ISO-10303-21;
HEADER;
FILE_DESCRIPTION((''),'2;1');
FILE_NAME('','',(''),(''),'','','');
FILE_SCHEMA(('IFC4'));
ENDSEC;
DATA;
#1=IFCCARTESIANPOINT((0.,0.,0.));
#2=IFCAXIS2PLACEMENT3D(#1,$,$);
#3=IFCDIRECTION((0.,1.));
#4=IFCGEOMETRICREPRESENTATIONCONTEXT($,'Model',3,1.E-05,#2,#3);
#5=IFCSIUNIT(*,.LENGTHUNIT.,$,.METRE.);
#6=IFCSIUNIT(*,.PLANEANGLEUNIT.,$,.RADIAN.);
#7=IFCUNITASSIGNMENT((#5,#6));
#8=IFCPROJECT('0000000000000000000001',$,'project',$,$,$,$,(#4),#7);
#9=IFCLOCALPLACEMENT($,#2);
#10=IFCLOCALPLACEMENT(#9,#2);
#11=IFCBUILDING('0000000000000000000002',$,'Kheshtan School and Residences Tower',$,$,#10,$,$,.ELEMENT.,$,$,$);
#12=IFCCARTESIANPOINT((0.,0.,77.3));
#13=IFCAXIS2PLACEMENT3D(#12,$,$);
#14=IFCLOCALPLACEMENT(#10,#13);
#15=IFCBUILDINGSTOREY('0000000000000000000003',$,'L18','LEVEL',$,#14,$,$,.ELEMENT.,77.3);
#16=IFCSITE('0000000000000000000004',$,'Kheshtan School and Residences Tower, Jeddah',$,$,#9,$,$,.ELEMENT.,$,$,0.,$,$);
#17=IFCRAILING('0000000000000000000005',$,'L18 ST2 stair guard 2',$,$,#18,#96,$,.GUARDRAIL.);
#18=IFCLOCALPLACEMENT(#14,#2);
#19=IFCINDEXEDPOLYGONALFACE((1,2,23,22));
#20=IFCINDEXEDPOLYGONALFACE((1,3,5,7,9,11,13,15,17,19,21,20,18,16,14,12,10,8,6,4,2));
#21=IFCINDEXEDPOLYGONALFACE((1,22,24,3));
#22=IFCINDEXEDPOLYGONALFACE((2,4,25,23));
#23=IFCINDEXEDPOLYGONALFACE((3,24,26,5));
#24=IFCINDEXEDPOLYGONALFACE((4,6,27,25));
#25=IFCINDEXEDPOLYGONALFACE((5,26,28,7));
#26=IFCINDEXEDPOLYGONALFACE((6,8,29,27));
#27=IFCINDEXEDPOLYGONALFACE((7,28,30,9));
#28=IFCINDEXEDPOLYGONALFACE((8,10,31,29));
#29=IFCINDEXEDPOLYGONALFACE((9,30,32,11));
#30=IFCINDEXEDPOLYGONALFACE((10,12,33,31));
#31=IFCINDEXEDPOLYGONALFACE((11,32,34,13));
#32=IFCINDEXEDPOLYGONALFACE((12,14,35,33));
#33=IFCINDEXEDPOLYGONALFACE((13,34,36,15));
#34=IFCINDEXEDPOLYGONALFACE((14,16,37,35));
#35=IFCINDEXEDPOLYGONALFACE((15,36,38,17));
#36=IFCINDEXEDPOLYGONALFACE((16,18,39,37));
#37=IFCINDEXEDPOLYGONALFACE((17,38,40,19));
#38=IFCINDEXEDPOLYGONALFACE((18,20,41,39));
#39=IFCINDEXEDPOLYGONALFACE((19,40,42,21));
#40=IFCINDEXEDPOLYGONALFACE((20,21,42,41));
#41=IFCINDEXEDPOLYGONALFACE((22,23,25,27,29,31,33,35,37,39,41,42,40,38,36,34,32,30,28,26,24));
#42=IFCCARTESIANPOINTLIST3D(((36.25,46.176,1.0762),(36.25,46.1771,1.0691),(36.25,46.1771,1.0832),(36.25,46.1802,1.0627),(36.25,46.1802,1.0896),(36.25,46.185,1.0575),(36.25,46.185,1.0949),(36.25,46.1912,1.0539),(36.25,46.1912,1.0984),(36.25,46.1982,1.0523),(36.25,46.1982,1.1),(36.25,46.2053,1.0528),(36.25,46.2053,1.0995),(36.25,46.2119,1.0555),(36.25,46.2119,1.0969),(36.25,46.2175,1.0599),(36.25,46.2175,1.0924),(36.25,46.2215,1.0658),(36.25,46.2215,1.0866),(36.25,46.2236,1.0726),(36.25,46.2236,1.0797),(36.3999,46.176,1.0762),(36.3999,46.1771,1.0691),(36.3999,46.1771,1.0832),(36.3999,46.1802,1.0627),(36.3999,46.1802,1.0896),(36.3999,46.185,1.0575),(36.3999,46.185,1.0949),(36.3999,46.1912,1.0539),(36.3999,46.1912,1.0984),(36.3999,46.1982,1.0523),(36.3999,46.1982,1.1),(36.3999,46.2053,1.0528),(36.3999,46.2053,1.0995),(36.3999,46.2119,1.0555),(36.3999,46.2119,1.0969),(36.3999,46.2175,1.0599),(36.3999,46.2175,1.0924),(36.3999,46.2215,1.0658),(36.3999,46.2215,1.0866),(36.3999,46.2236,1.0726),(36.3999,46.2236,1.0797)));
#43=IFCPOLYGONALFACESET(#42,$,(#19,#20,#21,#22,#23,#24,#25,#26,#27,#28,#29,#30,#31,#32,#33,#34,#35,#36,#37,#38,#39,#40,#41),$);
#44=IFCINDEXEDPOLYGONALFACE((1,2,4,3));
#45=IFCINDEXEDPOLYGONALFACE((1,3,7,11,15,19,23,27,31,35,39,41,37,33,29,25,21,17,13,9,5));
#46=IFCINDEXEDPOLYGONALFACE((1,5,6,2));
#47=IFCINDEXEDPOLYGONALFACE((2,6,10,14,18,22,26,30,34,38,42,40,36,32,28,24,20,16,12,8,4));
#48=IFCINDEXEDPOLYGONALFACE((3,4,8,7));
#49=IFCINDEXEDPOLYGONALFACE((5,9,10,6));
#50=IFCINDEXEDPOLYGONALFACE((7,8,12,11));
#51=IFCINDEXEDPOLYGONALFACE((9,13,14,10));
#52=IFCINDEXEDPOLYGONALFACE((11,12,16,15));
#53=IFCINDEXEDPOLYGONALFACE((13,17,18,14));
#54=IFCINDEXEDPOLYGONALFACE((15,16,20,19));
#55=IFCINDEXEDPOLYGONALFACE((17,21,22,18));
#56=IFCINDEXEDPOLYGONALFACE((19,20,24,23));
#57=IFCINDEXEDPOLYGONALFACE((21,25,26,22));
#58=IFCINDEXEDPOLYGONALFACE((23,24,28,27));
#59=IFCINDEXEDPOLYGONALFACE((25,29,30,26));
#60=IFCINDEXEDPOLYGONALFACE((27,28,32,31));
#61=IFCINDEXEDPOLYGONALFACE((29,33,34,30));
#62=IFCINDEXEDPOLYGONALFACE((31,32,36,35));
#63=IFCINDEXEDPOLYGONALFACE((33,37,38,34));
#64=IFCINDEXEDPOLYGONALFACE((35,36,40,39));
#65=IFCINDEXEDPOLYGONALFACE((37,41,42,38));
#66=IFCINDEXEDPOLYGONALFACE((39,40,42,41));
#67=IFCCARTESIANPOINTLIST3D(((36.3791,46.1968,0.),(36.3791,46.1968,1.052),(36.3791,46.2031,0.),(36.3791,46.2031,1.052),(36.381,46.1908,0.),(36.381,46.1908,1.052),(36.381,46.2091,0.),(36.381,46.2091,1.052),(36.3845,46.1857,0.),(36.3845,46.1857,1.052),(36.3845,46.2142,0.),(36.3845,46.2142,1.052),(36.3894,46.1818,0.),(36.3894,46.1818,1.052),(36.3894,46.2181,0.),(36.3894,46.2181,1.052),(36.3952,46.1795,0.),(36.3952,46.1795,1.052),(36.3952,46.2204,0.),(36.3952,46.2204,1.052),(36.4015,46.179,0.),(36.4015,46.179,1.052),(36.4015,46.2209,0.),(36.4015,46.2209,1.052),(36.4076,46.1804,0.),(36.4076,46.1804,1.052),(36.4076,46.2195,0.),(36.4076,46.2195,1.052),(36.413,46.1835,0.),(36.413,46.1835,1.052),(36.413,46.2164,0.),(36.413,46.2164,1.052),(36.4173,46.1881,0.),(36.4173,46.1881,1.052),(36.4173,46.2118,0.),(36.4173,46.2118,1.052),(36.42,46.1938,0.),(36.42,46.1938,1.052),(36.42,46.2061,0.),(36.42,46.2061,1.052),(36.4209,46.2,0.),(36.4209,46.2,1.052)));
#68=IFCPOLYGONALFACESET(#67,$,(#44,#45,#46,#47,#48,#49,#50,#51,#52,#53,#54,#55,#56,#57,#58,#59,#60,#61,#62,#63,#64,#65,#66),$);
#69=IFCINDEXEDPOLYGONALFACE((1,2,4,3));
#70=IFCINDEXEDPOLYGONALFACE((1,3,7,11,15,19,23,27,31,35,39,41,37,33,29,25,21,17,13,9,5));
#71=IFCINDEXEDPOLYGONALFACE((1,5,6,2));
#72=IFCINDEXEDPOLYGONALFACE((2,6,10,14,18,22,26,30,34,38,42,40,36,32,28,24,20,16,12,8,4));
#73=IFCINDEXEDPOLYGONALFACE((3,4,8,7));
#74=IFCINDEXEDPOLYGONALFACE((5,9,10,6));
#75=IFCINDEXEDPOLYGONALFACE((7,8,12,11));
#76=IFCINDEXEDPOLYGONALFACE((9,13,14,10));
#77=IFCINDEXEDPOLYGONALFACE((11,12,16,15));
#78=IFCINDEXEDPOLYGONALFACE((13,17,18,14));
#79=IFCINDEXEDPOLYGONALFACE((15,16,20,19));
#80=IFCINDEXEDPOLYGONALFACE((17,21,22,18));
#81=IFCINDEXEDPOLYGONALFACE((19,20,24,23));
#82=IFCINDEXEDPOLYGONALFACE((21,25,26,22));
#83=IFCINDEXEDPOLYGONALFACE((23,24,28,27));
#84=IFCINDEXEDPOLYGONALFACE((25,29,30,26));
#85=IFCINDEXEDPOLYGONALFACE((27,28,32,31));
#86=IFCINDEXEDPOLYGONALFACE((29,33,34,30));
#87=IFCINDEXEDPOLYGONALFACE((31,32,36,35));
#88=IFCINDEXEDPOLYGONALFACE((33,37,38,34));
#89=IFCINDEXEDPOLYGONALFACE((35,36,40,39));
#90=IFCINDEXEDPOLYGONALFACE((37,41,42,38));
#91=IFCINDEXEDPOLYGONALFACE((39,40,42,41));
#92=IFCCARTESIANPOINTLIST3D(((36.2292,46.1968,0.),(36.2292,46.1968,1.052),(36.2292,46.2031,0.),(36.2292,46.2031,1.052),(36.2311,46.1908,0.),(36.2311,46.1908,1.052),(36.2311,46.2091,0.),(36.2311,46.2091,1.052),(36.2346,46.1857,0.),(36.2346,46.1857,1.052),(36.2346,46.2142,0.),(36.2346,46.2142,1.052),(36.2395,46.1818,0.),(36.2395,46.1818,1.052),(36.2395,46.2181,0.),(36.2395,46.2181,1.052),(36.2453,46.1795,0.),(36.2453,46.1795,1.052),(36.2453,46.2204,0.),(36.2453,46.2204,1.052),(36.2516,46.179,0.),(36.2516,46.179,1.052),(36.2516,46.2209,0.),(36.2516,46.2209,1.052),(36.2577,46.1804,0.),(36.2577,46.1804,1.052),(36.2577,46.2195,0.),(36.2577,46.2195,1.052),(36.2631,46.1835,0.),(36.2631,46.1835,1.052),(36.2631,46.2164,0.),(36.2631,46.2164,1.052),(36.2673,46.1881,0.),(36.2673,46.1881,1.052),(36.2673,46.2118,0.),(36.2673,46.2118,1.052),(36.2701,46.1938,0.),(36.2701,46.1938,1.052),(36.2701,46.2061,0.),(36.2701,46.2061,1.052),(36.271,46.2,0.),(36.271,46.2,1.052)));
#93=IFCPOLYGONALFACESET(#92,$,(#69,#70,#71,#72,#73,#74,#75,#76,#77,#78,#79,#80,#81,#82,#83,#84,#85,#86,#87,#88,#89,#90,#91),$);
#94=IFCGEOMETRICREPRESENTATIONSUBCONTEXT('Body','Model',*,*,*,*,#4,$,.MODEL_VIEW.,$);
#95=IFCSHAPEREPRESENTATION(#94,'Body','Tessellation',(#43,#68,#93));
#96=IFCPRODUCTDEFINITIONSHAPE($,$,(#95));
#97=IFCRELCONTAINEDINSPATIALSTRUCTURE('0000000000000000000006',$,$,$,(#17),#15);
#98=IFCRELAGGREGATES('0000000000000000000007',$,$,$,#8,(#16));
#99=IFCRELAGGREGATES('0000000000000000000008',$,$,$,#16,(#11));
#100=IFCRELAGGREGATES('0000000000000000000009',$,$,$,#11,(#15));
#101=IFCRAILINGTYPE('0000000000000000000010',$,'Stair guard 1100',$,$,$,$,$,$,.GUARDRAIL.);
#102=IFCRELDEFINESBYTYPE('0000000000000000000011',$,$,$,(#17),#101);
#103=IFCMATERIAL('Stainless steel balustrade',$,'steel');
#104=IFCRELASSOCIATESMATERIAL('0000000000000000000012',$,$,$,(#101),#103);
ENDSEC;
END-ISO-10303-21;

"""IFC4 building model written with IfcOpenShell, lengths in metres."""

from ifc_helpers import new_model, si_unit, direction, frame, origin, origin_2d, place, context, subcontext, project, spatial, circle, extrude, material, type_object, element, save


model = new_model("IFC4")

# Units and contexts
model_context = context("Model", 3, precision=1e-05, world=origin(), true_north=direction((0.0, 1.0)))
body_context = subcontext(model_context, "Body", "Model", "MODEL_VIEW")
ifc_project = project(units=[si_unit("LENGTHUNIT", "METRE"), si_unit("PLANEANGLEUNIT", "RADIAN")], contexts=[model_context])

# Site, building, storey
site_placement = place(None, origin())
site = spatial("IfcSite", under=ifc_project, at=site_placement, Name="Kheshtan School and Residences Tower, Jeddah", CompositionType="ELEMENT", RefElevation=0.0)
building_placement = place(site_placement, origin())
building = spatial("IfcBuilding", under=site, at=building_placement, Name="Kheshtan School and Residences Tower", CompositionType="ELEMENT")
storey_placement = place(building_placement, frame((0.0, 0.0, 77.3)))
storey = spatial("IfcBuildingStorey", under=building, at=storey_placement, Name="L18", Description="LEVEL", CompositionType="ELEMENT", Elevation=77.3)

# Railing
ifc_material_1 = material(Name="Stainless steel balustrade", Category="steel")
railing_type = type_object("IfcRailingType", Name="Stair guard 1100", PredefinedType="GUARDRAIL", material=ifc_material_1)
railing_1_placement = place(storey_placement, frame((36.3999, 46.2, 0.0)))
element("IfcRailing", 1, at=railing_1_placement, inside=storey, type_object=railing_type, Name="L18 ST2 stair guard 2", PredefinedType="GUARDRAIL", context=body_context, shape_type="SweptSolid", body=[
    extrude(circle(Radius=0.0239, at=origin_2d()), frame((0.0, 0.0, 1.0762), z_axis=(-1.0, 0.0, 0.0), x_axis=(0.0, -1.0, 0.0)), (0.0, 0.0, 1.0), 0.1499),
    extrude(circle(Radius=0.021, at=origin_2d()), origin(), (0.0, 0.0, 1.0), 1.052),
    extrude(circle(Radius=0.021, at=origin_2d()), frame((-0.1499, 0.0, 0.0)), (0.0, 0.0, 1.0), 1.052),
])

save(model, "model.ifc")
